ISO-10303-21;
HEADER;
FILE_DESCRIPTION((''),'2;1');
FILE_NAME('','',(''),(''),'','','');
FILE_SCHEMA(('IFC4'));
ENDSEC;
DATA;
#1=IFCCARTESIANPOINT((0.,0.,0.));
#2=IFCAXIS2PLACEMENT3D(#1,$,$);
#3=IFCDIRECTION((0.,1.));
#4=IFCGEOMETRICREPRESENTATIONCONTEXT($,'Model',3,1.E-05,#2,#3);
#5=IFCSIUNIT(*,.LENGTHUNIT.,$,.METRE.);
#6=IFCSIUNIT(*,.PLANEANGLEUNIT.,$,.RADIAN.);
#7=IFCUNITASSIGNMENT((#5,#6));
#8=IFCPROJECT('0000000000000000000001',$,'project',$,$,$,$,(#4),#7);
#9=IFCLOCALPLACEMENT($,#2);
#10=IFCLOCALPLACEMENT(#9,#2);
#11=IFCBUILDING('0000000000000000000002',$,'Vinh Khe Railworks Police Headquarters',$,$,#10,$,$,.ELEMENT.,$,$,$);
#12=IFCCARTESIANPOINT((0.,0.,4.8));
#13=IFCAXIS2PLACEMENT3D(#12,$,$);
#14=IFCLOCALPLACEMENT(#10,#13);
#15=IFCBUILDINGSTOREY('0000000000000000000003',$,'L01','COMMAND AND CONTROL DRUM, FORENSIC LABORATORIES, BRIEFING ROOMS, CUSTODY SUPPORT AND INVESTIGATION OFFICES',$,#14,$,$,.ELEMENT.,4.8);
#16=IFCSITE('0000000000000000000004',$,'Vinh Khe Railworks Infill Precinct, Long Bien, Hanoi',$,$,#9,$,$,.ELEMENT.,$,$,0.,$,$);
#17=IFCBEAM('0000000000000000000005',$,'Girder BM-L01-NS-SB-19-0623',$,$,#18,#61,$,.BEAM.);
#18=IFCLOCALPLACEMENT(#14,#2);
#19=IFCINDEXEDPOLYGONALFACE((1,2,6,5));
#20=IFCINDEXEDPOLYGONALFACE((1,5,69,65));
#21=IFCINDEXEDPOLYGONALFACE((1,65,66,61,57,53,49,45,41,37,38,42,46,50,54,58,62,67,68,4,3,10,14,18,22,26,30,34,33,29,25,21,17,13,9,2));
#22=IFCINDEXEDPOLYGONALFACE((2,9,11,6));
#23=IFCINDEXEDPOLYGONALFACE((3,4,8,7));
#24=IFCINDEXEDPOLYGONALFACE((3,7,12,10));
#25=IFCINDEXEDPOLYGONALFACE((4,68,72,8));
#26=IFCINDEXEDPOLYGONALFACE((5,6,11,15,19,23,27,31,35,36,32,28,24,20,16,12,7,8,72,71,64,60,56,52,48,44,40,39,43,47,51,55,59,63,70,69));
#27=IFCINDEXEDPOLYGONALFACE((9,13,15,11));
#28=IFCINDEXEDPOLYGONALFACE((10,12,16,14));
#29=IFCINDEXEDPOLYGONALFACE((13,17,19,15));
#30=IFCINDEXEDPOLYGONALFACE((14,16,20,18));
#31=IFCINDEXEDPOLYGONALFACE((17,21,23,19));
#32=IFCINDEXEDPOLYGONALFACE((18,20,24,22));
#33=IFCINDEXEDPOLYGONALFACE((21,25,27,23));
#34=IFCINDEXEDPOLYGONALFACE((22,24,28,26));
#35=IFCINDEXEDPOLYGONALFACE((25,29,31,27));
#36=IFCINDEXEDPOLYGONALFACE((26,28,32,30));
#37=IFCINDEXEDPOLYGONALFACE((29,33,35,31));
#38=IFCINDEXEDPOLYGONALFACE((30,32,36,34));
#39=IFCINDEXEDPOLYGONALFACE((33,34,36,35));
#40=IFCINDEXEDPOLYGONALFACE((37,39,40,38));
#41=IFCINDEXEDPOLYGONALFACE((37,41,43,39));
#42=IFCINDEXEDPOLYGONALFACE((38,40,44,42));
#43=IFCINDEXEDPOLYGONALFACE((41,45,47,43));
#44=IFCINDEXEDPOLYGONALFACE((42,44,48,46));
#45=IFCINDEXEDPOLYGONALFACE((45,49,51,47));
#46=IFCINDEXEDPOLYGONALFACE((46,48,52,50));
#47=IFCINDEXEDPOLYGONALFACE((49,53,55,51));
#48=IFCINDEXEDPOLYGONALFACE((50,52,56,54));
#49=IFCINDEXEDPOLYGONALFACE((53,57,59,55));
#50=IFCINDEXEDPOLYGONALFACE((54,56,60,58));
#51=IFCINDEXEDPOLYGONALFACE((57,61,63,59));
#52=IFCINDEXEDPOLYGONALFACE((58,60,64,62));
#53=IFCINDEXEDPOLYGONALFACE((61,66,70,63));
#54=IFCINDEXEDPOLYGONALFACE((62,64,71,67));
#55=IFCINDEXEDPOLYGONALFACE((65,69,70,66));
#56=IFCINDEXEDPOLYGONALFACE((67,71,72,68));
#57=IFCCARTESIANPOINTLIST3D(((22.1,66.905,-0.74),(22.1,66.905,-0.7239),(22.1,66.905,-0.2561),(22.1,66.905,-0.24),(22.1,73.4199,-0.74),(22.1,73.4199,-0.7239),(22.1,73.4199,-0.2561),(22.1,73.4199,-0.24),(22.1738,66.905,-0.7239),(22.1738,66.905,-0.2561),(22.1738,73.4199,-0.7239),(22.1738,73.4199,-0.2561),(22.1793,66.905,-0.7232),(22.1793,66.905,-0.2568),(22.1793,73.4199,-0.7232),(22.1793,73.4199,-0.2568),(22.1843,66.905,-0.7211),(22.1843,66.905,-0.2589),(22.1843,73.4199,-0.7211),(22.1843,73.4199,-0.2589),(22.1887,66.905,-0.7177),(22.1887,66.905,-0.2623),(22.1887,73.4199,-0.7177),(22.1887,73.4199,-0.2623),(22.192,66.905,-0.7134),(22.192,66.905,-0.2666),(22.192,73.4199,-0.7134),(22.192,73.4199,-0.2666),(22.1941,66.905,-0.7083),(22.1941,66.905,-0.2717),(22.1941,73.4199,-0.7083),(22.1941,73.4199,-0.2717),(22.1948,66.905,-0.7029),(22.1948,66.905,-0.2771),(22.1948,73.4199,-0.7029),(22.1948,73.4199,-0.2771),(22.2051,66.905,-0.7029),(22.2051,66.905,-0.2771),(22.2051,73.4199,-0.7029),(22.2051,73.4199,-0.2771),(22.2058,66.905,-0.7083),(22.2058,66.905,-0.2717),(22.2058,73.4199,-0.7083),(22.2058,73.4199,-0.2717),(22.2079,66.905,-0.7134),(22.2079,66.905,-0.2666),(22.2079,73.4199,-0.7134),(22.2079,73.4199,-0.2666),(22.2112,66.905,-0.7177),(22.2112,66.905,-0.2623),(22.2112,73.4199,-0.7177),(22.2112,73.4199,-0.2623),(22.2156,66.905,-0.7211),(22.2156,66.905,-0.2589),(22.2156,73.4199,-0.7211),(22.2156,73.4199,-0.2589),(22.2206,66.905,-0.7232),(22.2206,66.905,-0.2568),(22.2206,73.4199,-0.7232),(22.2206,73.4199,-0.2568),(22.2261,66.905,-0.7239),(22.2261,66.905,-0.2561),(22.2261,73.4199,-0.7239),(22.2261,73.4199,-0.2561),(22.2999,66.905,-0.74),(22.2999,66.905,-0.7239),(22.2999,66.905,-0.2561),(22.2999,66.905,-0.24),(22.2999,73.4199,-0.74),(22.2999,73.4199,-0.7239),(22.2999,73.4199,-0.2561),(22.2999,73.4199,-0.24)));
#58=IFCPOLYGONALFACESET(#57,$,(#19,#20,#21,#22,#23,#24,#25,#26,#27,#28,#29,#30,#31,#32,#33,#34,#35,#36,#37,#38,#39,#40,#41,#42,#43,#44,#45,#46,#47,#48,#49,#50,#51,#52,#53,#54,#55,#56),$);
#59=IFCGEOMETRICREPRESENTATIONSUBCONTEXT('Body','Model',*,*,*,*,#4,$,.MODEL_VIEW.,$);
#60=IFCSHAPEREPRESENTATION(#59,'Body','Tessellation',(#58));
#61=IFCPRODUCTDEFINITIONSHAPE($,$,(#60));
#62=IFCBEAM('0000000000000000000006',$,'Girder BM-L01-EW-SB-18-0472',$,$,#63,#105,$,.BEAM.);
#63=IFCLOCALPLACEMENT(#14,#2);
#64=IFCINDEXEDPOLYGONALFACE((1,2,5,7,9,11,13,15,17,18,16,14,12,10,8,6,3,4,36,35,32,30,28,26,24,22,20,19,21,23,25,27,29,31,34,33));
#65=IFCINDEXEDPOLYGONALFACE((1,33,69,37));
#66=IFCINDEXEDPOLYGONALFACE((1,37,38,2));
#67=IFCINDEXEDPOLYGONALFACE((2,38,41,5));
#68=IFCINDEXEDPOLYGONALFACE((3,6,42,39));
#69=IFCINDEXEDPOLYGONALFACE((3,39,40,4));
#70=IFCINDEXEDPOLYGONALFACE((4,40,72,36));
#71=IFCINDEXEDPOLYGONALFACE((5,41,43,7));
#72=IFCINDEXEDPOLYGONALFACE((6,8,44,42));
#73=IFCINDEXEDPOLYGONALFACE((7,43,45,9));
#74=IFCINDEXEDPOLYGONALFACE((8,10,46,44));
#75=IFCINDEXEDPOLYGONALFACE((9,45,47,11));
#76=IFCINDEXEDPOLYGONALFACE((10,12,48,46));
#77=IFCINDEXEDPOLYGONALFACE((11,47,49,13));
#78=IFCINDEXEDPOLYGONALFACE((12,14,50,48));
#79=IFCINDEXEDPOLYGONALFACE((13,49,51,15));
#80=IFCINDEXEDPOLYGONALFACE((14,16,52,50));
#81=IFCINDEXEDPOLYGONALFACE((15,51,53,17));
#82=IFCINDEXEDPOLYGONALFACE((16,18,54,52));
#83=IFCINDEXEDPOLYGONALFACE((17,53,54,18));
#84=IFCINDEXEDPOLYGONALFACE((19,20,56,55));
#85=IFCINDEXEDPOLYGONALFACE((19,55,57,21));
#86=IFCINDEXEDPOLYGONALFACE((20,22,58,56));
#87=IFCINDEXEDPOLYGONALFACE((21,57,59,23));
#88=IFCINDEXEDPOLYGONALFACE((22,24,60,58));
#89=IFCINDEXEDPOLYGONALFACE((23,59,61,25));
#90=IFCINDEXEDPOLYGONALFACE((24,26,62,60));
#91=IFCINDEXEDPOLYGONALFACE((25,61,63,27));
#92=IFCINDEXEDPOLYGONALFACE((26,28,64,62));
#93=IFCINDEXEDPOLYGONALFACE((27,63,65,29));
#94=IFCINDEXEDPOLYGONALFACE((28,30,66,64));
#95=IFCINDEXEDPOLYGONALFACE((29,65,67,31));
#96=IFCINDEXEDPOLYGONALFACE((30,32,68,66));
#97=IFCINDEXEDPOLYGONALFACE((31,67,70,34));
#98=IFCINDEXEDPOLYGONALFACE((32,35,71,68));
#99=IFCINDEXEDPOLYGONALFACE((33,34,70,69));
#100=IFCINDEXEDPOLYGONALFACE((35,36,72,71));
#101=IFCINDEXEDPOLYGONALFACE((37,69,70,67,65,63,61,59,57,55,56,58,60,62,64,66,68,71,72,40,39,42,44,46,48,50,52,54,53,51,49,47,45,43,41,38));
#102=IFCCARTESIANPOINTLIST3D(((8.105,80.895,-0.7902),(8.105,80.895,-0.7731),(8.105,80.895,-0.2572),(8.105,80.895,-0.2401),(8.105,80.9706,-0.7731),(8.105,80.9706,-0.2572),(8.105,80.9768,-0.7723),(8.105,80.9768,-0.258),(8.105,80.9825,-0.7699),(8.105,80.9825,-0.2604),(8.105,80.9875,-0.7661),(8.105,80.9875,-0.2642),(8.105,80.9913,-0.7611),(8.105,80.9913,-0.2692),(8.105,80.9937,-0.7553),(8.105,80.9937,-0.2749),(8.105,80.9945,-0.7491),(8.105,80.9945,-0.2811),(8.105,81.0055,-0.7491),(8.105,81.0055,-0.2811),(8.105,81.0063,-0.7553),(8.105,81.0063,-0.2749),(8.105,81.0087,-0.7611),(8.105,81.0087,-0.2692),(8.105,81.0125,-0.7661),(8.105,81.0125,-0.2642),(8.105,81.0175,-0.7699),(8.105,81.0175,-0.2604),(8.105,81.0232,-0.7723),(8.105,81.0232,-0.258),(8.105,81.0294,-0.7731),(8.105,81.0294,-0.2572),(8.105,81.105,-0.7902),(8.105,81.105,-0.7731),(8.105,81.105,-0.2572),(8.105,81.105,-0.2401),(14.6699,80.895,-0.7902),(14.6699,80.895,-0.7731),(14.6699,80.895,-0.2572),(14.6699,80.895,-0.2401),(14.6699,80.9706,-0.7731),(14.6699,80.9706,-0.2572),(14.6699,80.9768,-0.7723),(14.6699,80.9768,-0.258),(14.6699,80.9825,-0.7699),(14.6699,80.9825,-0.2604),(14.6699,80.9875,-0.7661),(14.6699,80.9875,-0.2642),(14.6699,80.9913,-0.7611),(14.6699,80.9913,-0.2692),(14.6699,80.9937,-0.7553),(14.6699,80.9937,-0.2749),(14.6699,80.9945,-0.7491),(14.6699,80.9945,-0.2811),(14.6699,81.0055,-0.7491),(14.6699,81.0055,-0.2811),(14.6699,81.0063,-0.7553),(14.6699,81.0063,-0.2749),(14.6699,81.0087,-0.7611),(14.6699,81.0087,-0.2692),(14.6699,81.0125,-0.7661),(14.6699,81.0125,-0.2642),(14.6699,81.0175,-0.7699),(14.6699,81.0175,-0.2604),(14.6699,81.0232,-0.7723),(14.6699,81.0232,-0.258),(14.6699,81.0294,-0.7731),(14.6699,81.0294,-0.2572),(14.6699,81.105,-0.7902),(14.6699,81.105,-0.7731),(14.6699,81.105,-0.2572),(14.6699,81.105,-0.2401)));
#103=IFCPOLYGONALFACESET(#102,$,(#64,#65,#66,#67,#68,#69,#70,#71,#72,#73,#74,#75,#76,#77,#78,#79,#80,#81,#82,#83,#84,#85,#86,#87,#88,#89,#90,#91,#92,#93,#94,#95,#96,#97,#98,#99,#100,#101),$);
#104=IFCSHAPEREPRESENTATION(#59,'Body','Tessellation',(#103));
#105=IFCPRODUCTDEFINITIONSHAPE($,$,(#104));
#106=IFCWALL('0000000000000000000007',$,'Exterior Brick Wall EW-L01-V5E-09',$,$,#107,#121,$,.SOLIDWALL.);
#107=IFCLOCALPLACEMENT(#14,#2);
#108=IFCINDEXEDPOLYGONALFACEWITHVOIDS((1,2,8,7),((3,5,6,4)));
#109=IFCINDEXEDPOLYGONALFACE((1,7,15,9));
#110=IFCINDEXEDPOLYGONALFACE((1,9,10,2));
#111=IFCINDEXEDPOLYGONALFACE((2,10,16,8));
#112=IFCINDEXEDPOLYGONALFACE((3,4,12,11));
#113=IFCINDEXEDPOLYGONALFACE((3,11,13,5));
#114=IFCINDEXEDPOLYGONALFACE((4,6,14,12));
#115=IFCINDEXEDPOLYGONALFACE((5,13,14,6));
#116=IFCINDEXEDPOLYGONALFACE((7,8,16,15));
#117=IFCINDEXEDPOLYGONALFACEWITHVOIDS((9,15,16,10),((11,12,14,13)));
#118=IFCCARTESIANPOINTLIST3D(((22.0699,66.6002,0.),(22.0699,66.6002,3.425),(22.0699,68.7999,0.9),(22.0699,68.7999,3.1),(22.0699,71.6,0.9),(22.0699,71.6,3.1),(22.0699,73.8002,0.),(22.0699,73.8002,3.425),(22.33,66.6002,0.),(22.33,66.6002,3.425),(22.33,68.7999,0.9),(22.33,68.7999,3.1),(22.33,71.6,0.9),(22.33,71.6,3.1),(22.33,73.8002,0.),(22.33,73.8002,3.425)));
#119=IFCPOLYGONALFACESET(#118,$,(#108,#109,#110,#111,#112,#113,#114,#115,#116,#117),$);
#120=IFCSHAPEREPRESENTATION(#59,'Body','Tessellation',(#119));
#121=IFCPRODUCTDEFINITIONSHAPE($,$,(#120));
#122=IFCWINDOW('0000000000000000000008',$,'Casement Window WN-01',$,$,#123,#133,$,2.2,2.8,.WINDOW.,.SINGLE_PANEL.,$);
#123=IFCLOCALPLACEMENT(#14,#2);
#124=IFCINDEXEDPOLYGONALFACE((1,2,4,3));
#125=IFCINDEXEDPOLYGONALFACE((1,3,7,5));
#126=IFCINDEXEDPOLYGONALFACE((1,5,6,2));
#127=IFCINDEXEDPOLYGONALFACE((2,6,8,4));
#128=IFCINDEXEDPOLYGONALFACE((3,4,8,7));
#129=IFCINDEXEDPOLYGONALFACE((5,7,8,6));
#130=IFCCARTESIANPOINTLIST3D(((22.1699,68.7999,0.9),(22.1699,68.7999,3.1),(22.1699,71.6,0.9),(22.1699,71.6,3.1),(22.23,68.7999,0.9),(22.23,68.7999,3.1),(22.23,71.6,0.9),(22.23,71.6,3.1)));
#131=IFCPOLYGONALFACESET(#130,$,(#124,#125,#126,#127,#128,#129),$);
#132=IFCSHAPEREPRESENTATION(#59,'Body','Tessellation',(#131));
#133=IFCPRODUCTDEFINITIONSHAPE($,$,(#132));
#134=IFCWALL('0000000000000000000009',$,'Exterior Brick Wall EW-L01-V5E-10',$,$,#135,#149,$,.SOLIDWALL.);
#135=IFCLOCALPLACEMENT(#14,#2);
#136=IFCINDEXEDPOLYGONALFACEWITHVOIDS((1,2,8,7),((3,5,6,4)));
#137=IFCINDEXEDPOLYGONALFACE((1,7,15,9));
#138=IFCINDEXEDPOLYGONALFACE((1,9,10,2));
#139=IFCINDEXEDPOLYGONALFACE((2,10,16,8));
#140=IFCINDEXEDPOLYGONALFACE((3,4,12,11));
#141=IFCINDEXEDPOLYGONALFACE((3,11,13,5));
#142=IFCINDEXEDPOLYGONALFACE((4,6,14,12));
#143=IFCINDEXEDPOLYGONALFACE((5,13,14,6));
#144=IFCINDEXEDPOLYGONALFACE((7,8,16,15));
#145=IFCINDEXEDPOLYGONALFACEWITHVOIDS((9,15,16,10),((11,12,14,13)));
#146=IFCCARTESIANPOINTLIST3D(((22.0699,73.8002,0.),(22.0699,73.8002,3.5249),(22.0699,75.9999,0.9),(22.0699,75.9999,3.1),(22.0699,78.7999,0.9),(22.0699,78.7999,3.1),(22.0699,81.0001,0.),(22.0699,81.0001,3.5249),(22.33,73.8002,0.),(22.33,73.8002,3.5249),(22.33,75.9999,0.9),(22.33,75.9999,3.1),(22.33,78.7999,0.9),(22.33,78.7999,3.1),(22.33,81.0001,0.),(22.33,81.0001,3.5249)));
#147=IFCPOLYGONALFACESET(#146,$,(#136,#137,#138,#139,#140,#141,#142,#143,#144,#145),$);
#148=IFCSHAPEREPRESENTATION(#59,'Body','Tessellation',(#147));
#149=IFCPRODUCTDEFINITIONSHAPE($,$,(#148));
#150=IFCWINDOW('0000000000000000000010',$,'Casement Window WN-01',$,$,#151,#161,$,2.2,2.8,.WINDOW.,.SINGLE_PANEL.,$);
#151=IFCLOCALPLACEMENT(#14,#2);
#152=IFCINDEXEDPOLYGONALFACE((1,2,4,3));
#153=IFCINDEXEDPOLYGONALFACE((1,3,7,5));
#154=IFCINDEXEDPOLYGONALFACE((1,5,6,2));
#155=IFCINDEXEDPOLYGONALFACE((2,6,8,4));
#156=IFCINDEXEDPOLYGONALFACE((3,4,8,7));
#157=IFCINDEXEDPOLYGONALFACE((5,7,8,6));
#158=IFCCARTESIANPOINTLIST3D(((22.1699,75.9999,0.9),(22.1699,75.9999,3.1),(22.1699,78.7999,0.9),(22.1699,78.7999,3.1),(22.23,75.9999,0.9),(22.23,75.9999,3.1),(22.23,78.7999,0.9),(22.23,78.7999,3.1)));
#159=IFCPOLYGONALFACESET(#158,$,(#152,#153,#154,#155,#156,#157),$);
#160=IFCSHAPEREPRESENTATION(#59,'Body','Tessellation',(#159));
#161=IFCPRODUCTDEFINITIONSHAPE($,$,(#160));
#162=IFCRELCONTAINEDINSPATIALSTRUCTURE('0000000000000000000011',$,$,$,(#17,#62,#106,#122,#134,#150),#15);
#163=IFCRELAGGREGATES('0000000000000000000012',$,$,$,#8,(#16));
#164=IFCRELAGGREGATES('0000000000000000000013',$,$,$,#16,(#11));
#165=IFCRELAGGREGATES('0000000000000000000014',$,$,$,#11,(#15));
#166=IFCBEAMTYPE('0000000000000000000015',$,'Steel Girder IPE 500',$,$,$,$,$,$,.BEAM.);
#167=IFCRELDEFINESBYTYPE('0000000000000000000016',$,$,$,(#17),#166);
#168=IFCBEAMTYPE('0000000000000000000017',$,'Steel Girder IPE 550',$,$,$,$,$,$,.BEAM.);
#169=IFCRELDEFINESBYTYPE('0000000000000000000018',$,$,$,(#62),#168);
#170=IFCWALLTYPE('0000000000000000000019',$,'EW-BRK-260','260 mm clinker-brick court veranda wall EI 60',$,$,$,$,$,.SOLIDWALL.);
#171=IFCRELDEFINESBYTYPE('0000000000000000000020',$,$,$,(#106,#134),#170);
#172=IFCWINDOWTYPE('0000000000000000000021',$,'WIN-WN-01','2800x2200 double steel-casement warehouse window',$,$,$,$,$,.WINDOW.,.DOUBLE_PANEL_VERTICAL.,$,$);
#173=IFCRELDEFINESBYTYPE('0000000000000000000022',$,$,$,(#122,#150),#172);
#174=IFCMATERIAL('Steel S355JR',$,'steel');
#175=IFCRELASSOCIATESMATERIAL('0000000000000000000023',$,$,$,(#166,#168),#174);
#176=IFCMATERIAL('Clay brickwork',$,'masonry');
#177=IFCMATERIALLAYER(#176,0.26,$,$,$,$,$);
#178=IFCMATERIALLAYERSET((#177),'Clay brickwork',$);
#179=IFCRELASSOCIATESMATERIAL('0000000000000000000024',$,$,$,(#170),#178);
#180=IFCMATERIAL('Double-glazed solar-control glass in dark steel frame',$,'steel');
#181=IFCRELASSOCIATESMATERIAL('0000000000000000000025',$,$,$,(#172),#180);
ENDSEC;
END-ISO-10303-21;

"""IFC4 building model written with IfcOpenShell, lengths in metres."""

from ifc_helpers import new_model, si_unit, direction, frame, frame_2d, origin, origin_2d, place, context, subcontext, project, spatial, rectangle, i_section, extrude, material, layer, layer_set, material_profile, profile_set, type_object, element, fill, save


model = new_model("IFC4")

# Units and contexts
model_context = context("Model", 3, precision=1e-05, world=origin(), true_north=direction((0.0, 1.0)))
body_context = subcontext(model_context, "Body", "Model", "MODEL_VIEW")
ifc_project = project(units=[si_unit("LENGTHUNIT", "METRE"), si_unit("PLANEANGLEUNIT", "RADIAN")], contexts=[model_context])

# Site, building, storey
site_placement = place(None, origin())
site = spatial("IfcSite", under=ifc_project, at=site_placement, Name="Vinh Khe Railworks Infill Precinct, Long Bien, Hanoi", CompositionType="ELEMENT", RefElevation=0.0)
building_placement = place(site_placement, origin())
building = spatial("IfcBuilding", under=site, at=building_placement, Name="Vinh Khe Railworks Police Headquarters", CompositionType="ELEMENT")
storey_placement = place(building_placement, frame((0.0, 0.0, 4.8)))
storey = spatial("IfcBuildingStorey", under=building, at=storey_placement, Name="L01", Description="COMMAND AND CONTROL DRUM, FORENSIC LABORATORIES, BRIEFING ROOMS, CUSTODY SUPPORT AND INVESTIGATION OFFICES", CompositionType="ELEMENT", Elevation=4.8)

# Beams
ifc_material_1 = material(Name="Steel S355JR", Category="steel")
ifc_material_profile_1 = material_profile(ifc_material_1, i_section(OverallWidth=0.2, OverallDepth=0.5, WebThickness=0.0103, FlangeThickness=0.0161, FilletRadius=0.021, at=origin_2d()), Name="IPE 500")
ifc_profile_set_1 = profile_set([ifc_material_profile_1], Name="Steel S355JR")
beam_type_1 = type_object("IfcBeamType", Name="Steel Girder IPE 500", PredefinedType="BEAM", material=ifc_profile_set_1)
beam_1_placement = place(storey_placement, frame((22.2, 66.905, -0.49), z_axis=(0.0, 1.0, 0.0), x_axis=(-1.0, 0.0, 0.0)))
element("IfcBeam", 1, at=beam_1_placement, inside=storey, type_object=beam_type_1, Name="Girder BM-L01-NS-SB-19-0623", PredefinedType="BEAM", context=body_context, shape_type="SweptSolid", body=[
    extrude(i_section(OverallWidth=0.2, OverallDepth=0.5, WebThickness=0.0103, FlangeThickness=0.0161, FilletRadius=0.021, at=origin_2d()), origin(), (0.0, 0.0, 1.0), 6.5149),
])
ifc_material_profile_2 = material_profile(ifc_material_1, i_section(OverallWidth=0.21, OverallDepth=0.55, WebThickness=0.011, FlangeThickness=0.0171, FilletRadius=0.0239, at=origin_2d()), Name="IPE 550")
ifc_profile_set_2 = profile_set([ifc_material_profile_2], Name="Steel S355JR")
beam_type_2 = type_object("IfcBeamType", Name="Steel Girder IPE 550", PredefinedType="BEAM", material=ifc_profile_set_2)
beam_2_placement = place(storey_placement, frame((8.105, 81.0, -0.5151), z_axis=(1.0, 0.0, 0.0), x_axis=(0.0, 1.0, 0.0)))
element("IfcBeam", 2, at=beam_2_placement, inside=storey, type_object=beam_type_2, Name="Girder BM-L01-EW-SB-18-0472", PredefinedType="BEAM", context=body_context, shape_type="SweptSolid", body=[
    extrude(i_section(OverallWidth=0.21, OverallDepth=0.55, WebThickness=0.011, FlangeThickness=0.0171, FilletRadius=0.0239, at=origin_2d()), origin(), (0.0, 0.0, 1.0), 6.5649),
])

# Walls, openings, windows
ifc_material_2 = material(Name="Clay brickwork", Category="masonry")
ifc_layer = layer(ifc_material_2, 0.26)
ifc_layer_set = layer_set([ifc_layer], Name="Clay brickwork")
wall_type = type_object("IfcWallType", Name="EW-BRK-260", Description="260 mm clinker-brick court veranda wall EI 60", PredefinedType="SOLIDWALL", material=ifc_layer_set)
wall_1_placement = place(storey_placement, frame((22.2, 66.6001, 0.0), z_axis=(0.0, 0.0, 1.0), x_axis=(0.0, 1.0, 0.0)))
wall_1 = element("IfcWall", 3, at=wall_1_placement, inside=storey, type_object=wall_type, Name="Exterior Brick Wall EW-L01-V5E-09", PredefinedType="SOLIDWALL", context=body_context, shape_type="SweptSolid", body=[
    extrude(rectangle(XDim=7.2, YDim=0.26, at=frame_2d((3.6001, 0.0))), origin(), (0.0, 0.0, 1.0), 3.425),
])
opening_1_placement = place(wall_1_placement, frame((2.2, 0.0, 0.8999)))
opening_1 = element("IfcOpeningElement", 4, at=opening_1_placement, cuts=wall_1, PredefinedType="OPENING", context=body_context, shape_type="SweptSolid", body=[
    extrude(rectangle(XDim=2.8, YDim=2.2, at=frame_2d((1.3999, 1.1001))), frame((0.0, 0.145, 0.0), z_axis=(0.0, -1.0, 0.0), x_axis=(1.0, 0.0, 0.0)), (0.0, 0.0, 1.0), 0.2898),
])
ifc_material_3 = material(Name="Double-glazed solar-control glass in dark steel frame", Category="steel")
window_type = type_object("IfcWindowType", Name="WIN-WN-01", Description="2800x2200 double steel-casement warehouse window", PartitioningType="DOUBLE_PANEL_VERTICAL", PredefinedType="WINDOW", material=ifc_material_3)
window_1_placement = place(opening_1_placement, origin())
window_1 = element("IfcWindow", 5, at=window_1_placement, inside=storey, type_object=window_type, Name="Casement Window WN-01", OverallHeight=2.2, OverallWidth=2.8, PartitioningType="SINGLE_PANEL", PredefinedType="WINDOW", context=body_context, shape_type="SweptSolid", body=[
    extrude(rectangle(XDim=2.8, YDim=2.2, at=frame_2d((1.3999, 1.1001))), frame((0.0, 0.03, 0.0), z_axis=(0.0, -1.0, 0.0), x_axis=(1.0, 0.0, 0.0)), (0.0, 0.0, 1.0), 0.0601),
])
fill(opening_1, window_1)
wall_2_placement = place(storey_placement, frame((22.2, 73.8, 0.0), z_axis=(0.0, 0.0, 1.0), x_axis=(0.0, 1.0, 0.0)))
wall_2 = element("IfcWall", 6, at=wall_2_placement, inside=storey, type_object=wall_type, Name="Exterior Brick Wall EW-L01-V5E-10", PredefinedType="SOLIDWALL", context=body_context, shape_type="SweptSolid", body=[
    extrude(rectangle(XDim=7.2, YDim=0.26, at=frame_2d((3.6001, 0.0))), origin(), (0.0, 0.0, 1.0), 3.5249),
])
opening_2_placement = place(wall_2_placement, frame((2.2, 0.0, 0.8999)))
opening_2 = element("IfcOpeningElement", 7, at=opening_2_placement, cuts=wall_2, PredefinedType="OPENING", context=body_context, shape_type="SweptSolid", body=[
    extrude(rectangle(XDim=2.8, YDim=2.2, at=frame_2d((1.3999, 1.1001))), frame((0.0, 0.145, 0.0), z_axis=(0.0, -1.0, 0.0), x_axis=(1.0, 0.0, 0.0)), (0.0, 0.0, 1.0), 0.2898),
])
window_2_placement = place(opening_2_placement, origin())
window_2 = element("IfcWindow", 8, at=window_2_placement, inside=storey, type_object=window_type, Name="Casement Window WN-01", OverallHeight=2.2, OverallWidth=2.8, PartitioningType="SINGLE_PANEL", PredefinedType="WINDOW", context=body_context, shape_type="SweptSolid", body=[
    extrude(rectangle(XDim=2.8, YDim=2.2, at=frame_2d((1.3999, 1.1001))), frame((0.0, 0.03, 0.0), z_axis=(0.0, -1.0, 0.0), x_axis=(1.0, 0.0, 0.0)), (0.0, 0.0, 1.0), 0.0601),
])
fill(opening_2, window_2)

save(model, "model.ifc")
